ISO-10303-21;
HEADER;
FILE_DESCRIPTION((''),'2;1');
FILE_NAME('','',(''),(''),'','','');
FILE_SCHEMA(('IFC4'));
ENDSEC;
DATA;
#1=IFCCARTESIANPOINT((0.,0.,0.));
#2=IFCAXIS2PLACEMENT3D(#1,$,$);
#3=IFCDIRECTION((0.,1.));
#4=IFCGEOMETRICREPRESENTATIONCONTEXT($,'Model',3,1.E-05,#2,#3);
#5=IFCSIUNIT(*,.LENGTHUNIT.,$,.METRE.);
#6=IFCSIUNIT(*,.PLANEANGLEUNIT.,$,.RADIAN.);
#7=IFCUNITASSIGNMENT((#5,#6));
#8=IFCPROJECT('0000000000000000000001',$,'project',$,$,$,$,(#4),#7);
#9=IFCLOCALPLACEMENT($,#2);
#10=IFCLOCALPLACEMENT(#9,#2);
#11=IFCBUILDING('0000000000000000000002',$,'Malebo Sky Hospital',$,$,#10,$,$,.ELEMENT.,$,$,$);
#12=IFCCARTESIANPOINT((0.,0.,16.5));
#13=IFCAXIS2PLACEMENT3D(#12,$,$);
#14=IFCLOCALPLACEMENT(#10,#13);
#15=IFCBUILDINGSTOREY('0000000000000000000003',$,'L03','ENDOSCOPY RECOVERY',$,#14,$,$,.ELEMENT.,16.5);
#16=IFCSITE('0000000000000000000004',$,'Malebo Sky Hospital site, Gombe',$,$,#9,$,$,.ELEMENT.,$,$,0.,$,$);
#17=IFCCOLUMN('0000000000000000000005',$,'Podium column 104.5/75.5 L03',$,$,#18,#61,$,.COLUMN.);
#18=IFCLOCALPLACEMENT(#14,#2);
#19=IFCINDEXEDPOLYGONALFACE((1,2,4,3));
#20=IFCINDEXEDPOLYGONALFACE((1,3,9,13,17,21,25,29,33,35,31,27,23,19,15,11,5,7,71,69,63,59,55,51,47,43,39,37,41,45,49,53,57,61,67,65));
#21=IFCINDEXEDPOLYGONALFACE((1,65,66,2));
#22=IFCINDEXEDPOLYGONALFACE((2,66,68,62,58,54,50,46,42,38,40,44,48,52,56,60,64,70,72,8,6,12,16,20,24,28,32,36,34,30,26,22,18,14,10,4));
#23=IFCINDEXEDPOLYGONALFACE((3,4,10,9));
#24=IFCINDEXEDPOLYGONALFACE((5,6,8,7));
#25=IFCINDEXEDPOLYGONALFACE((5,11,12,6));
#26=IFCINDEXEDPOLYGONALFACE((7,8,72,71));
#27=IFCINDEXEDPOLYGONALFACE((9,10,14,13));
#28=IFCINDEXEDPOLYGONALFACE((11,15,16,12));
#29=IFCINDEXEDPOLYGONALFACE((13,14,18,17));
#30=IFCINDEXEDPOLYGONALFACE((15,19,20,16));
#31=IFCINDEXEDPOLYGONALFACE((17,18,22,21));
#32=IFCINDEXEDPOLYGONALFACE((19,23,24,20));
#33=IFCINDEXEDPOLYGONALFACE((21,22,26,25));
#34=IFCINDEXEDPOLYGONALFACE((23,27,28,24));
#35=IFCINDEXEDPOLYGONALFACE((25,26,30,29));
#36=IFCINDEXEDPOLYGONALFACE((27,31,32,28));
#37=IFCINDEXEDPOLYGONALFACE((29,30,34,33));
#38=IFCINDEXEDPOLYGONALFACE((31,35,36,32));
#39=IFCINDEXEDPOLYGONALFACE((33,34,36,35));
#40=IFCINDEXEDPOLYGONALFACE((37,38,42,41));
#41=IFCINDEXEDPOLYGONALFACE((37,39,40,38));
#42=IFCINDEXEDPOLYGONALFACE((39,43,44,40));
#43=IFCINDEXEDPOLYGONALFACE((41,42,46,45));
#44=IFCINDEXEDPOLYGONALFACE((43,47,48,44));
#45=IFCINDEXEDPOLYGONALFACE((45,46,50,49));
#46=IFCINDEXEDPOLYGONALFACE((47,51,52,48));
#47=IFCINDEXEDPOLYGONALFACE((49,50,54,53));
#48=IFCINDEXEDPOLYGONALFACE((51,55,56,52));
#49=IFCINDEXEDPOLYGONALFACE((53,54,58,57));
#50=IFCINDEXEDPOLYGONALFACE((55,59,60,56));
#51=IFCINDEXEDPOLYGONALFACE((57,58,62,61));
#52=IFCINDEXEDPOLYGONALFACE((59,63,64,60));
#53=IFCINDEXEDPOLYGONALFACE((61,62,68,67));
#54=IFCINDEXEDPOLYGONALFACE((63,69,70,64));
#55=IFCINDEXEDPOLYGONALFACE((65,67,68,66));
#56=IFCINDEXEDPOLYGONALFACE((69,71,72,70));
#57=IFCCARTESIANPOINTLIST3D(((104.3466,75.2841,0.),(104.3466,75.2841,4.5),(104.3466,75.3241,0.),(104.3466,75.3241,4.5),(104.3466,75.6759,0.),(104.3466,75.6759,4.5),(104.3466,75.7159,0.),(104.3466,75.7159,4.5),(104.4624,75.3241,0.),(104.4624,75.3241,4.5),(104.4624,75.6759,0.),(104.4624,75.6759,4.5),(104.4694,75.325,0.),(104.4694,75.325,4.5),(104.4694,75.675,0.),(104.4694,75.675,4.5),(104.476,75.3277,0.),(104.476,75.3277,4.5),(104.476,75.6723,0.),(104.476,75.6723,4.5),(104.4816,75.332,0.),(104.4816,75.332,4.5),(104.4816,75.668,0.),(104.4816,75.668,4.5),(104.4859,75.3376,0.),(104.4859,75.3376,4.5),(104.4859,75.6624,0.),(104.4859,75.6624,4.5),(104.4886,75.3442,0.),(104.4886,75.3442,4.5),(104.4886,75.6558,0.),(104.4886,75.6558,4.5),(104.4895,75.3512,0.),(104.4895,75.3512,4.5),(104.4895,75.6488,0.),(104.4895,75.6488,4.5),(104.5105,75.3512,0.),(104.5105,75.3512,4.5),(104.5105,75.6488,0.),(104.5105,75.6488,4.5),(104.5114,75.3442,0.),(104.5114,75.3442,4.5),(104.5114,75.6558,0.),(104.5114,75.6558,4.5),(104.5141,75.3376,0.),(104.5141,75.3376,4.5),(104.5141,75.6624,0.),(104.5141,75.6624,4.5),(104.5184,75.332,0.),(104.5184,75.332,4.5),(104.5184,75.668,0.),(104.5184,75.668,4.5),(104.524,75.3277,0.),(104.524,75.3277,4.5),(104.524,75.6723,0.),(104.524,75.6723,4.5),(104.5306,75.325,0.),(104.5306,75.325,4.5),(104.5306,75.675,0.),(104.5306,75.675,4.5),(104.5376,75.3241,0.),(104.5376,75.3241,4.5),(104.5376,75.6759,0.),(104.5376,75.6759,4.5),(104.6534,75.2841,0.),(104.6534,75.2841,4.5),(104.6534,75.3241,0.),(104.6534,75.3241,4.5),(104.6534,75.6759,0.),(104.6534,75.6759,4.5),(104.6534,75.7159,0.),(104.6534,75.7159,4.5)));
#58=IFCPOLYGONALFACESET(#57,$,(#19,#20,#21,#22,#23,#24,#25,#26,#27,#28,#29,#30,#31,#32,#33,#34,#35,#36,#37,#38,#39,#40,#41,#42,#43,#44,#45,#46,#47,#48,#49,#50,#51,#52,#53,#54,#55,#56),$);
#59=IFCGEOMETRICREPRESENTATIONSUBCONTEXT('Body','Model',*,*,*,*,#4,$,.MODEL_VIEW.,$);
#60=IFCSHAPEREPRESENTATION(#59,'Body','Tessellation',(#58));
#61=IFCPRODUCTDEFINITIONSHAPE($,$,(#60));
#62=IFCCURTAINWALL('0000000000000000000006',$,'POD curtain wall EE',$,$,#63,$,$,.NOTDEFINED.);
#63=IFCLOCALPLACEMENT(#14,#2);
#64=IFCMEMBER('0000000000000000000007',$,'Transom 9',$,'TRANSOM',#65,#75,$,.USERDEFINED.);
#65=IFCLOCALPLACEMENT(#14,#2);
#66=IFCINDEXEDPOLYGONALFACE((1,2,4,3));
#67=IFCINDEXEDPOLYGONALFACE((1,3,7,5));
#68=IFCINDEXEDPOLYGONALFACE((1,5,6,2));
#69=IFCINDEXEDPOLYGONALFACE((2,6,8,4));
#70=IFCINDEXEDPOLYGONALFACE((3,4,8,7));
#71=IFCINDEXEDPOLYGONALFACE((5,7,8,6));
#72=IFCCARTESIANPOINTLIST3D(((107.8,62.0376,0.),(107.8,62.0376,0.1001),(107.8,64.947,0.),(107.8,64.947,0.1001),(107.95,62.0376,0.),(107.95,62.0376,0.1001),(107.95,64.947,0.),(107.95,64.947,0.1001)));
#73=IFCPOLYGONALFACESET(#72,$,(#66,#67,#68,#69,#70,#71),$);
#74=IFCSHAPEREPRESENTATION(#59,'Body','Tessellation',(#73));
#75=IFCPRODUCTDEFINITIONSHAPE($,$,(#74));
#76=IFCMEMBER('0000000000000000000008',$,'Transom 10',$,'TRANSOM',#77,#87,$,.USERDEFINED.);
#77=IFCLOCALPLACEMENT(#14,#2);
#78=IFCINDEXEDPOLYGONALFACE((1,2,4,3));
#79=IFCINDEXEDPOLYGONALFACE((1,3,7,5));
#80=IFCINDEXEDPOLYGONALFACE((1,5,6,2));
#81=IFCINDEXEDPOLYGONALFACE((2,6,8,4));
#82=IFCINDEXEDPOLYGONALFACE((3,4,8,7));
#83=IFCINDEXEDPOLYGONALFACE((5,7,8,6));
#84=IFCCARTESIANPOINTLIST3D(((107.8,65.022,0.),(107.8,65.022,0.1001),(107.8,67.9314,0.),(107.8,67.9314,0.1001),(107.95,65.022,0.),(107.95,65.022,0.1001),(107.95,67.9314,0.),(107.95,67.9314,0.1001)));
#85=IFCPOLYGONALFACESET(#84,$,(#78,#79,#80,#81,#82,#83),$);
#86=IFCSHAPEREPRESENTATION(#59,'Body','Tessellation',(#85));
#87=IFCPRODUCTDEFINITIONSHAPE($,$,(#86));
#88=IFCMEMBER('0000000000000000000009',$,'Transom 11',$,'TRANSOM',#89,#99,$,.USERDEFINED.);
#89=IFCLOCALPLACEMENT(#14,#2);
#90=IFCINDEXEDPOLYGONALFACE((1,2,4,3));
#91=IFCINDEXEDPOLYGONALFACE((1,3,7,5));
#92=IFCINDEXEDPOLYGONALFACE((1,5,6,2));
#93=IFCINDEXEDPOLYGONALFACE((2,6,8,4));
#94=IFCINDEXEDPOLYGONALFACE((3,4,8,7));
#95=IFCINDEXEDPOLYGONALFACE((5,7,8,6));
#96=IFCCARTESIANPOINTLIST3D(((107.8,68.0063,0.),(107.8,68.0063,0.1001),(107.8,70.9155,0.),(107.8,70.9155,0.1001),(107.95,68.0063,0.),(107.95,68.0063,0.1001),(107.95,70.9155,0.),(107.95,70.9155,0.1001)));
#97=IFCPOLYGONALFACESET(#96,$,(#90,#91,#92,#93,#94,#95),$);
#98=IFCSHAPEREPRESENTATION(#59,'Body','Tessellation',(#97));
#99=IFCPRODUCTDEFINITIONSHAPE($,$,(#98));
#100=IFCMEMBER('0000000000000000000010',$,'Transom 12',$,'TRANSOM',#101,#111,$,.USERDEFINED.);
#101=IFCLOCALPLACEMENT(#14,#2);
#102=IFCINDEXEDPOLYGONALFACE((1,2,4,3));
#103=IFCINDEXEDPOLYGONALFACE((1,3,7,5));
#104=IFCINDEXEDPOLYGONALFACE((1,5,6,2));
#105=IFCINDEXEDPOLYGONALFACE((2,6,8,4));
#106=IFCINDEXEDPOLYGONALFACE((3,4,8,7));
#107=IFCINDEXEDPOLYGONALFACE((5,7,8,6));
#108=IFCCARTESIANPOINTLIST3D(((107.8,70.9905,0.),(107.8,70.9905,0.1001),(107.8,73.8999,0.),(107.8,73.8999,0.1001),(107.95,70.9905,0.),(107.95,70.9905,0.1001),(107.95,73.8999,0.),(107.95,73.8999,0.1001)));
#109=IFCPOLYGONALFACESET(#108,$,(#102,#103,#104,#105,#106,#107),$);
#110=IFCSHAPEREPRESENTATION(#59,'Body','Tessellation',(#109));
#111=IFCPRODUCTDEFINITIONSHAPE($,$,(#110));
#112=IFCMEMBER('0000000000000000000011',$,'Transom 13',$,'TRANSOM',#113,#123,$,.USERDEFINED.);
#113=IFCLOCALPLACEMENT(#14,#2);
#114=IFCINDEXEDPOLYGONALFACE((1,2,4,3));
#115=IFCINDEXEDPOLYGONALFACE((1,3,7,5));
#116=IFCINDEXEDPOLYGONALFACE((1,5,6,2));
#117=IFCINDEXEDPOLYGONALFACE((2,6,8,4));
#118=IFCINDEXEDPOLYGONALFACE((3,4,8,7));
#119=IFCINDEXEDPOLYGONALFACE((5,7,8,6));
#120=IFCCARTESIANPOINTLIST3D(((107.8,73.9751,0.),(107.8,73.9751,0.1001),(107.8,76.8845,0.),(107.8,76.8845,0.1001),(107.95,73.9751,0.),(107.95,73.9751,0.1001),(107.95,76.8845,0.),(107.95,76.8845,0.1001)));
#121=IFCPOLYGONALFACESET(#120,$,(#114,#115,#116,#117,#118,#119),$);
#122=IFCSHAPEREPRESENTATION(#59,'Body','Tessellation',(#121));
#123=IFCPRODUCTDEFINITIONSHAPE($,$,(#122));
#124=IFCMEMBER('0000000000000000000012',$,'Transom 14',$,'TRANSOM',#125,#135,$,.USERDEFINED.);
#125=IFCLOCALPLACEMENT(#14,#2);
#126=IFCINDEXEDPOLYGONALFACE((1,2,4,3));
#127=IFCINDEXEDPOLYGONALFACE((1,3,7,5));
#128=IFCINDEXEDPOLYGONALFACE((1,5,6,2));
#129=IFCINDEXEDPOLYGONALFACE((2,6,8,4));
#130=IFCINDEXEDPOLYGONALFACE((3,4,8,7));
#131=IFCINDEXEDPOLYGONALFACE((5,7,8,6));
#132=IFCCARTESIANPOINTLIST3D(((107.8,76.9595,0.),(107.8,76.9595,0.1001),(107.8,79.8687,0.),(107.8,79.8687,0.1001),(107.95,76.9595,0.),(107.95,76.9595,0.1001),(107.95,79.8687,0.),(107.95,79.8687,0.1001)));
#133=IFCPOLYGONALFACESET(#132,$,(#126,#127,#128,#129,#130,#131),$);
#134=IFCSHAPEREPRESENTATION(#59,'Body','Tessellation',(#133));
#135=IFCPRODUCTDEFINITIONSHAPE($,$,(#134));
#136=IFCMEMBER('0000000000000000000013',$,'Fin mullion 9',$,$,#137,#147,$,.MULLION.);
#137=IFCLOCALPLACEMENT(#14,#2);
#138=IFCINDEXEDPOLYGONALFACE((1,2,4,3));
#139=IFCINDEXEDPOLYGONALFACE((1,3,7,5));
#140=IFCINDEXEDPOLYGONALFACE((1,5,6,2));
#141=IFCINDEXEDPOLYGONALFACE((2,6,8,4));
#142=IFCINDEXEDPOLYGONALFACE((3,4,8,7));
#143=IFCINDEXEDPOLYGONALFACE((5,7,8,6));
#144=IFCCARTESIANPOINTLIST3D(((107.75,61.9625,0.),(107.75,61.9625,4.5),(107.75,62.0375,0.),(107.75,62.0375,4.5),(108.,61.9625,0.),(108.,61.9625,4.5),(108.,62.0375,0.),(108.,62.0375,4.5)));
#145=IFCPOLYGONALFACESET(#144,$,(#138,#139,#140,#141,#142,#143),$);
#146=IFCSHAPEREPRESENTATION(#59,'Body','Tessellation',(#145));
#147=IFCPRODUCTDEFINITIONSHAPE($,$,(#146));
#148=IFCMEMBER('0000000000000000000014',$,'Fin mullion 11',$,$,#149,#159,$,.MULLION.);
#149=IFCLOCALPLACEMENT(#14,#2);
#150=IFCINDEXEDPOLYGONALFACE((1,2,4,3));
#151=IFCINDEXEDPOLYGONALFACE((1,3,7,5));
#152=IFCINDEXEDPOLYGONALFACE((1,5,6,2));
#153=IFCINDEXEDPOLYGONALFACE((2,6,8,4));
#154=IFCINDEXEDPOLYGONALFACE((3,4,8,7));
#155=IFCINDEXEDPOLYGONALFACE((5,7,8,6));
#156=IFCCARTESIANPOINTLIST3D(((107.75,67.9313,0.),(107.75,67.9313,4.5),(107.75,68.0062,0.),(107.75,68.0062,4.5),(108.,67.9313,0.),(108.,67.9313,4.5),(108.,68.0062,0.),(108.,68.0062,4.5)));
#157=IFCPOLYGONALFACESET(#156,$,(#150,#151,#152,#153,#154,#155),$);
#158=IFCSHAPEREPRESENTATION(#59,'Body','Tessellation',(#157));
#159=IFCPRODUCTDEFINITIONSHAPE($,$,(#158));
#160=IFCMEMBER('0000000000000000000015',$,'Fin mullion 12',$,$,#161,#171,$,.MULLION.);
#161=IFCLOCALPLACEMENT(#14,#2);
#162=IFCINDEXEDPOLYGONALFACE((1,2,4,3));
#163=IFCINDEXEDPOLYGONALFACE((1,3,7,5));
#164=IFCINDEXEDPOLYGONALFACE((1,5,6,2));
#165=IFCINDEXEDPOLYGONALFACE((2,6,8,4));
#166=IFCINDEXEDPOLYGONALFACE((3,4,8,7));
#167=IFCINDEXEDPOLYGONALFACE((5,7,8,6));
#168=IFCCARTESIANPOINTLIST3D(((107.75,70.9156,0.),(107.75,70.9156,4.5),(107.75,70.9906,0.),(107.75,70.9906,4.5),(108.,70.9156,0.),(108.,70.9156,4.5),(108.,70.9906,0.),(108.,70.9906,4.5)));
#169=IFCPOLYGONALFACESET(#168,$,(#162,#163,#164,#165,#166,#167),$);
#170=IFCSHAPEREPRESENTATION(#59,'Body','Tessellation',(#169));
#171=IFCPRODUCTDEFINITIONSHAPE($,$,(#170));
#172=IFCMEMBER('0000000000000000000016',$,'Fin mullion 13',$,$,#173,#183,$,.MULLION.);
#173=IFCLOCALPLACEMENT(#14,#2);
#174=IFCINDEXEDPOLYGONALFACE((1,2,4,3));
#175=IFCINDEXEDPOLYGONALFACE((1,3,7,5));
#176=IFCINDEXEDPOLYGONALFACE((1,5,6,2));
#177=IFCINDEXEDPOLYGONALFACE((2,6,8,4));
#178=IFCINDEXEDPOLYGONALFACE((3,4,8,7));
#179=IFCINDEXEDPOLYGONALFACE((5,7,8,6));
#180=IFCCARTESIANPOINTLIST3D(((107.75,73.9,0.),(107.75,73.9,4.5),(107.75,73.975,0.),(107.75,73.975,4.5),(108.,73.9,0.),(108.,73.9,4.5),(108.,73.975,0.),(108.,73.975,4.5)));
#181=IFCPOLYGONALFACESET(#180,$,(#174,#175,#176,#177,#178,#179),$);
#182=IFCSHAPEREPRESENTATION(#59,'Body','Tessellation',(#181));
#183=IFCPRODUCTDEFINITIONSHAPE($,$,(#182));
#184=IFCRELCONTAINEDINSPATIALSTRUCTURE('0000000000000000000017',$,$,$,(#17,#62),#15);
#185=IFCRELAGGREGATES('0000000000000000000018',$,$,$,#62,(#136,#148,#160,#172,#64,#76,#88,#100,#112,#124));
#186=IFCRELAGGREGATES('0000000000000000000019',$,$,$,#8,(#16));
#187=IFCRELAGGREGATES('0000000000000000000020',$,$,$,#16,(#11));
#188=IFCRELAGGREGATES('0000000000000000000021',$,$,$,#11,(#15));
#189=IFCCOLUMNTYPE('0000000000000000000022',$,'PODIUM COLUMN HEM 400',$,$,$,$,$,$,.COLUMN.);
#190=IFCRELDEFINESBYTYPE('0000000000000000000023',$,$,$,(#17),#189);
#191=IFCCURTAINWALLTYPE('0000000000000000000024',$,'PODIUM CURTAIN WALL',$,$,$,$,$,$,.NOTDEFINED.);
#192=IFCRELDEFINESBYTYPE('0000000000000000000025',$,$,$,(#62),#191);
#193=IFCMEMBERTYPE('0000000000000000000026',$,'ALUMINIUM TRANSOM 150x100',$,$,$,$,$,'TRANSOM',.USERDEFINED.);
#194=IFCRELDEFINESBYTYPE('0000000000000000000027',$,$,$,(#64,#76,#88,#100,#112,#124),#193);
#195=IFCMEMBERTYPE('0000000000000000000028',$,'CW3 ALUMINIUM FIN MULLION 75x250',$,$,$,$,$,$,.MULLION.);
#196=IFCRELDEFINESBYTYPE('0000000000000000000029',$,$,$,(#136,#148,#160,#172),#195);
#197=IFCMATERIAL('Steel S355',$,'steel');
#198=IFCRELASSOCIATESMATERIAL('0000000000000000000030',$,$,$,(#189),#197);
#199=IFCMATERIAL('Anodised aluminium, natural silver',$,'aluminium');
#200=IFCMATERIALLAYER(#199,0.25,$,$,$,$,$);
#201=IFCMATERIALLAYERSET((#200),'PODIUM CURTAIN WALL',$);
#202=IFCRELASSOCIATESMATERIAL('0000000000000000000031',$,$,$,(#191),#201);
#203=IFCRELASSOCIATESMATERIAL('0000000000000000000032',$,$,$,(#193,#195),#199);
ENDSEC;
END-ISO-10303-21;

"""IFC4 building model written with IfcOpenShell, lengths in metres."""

from ifc_helpers import new_model, si_unit, direction, frame, origin, origin_2d, place, context, subcontext, project, spatial, rectangle, i_section, extrude, material, layer, layer_set, material_profile, profile_set, type_object, element, aggregate, save


model = new_model("IFC4")

# Units and contexts
model_context = context("Model", 3, precision=1e-05, world=origin(), true_north=direction((0.0, 1.0)))
body_context = subcontext(model_context, "Body", "Model", "MODEL_VIEW")
ifc_project = project(units=[si_unit("LENGTHUNIT", "METRE"), si_unit("PLANEANGLEUNIT", "RADIAN")], contexts=[model_context])

# Site, building, storey
site_placement = place(None, origin())
site = spatial("IfcSite", under=ifc_project, at=site_placement, Name="Malebo Sky Hospital site, Gombe", CompositionType="ELEMENT", RefElevation=0.0)
building_placement = place(site_placement, origin())
building = spatial("IfcBuilding", under=site, at=building_placement, Name="Malebo Sky Hospital", CompositionType="ELEMENT")
storey_placement = place(building_placement, frame((0.0, 0.0, 16.5)))
storey = spatial("IfcBuildingStorey", under=building, at=storey_placement, Name="L03", Description="ENDOSCOPY RECOVERY", CompositionType="ELEMENT", Elevation=16.5)

# Column
ifc_material_1 = material(Name="Steel S355", Category="steel")
ifc_material_profile_1 = material_profile(ifc_material_1, i_section(OverallWidth=0.3069, OverallDepth=0.4319, WebThickness=0.021, FlangeThickness=0.04, FilletRadius=0.0271, at=origin_2d()), Name="HEM 400")
ifc_profile_set_1 = profile_set([ifc_material_profile_1], Name="Steel S355")
column_type = type_object("IfcColumnType", Name="PODIUM COLUMN HEM 400", PredefinedType="COLUMN", material=ifc_profile_set_1)
column_placement = place(storey_placement, frame((104.5, 75.5, 0.0), z_axis=(0.0, 0.0, 1.0), x_axis=(1.0, 0.0, 0.0)))
element("IfcColumn", 1, at=column_placement, inside=storey, type_object=column_type, Name="Podium column 104.5/75.5 L03", PredefinedType="COLUMN", context=body_context, shape_type="SweptSolid", body=[
    extrude(i_section(OverallWidth=0.3069, OverallDepth=0.4319, WebThickness=0.021, FlangeThickness=0.04, FilletRadius=0.0271, at=origin_2d()), origin(), (0.0, 0.0, 1.0), 4.5),
])

# Curtain wall, members
ifc_material_2 = material(Name="Anodised aluminium, natural silver", Category="aluminium")
ifc_layer_1 = layer(ifc_material_2, 0.25)
ifc_layer_set_1 = layer_set([ifc_layer_1], Name="PODIUM CURTAIN WALL")
curtain_wall_type = type_object("IfcCurtainWallType", Name="PODIUM CURTAIN WALL", PredefinedType="NOTDEFINED", material=ifc_layer_set_1)
curtain_wall_placement = place(storey_placement, origin())
curtain_wall = element("IfcCurtainWall", 2, at=curtain_wall_placement, inside=storey, type_object=curtain_wall_type, Name="POD curtain wall EE", PredefinedType="NOTDEFINED")
ifc_material_profile_2 = material_profile(ifc_material_2, rectangle(XDim=0.1499, YDim=0.1001, at=origin_2d()), Name="ALUMINIUM TRANSOM 150x100")
ifc_profile_set_2 = profile_set([ifc_material_profile_2], Name="Anodised aluminium, natural silver")
member_type_1 = type_object("IfcMemberType", Name="ALUMINIUM TRANSOM 150x100", ElementType="TRANSOM", PredefinedType="USERDEFINED", material=ifc_profile_set_2)
member_1_placement = place(storey_placement, frame((107.875, 62.0376, 0.05), z_axis=(0.0, 1.0, 0.0), x_axis=(-1.0, 0.0, 0.0)))
member_1 = element("IfcMember", 3, at=member_1_placement, type_object=member_type_1, Name="Transom 9", ObjectType="TRANSOM", PredefinedType="USERDEFINED", context=body_context, shape_type="SweptSolid", body=[
    extrude(rectangle(XDim=0.1499, YDim=0.1001, at=origin_2d()), origin(), (0.0, 0.0, 1.0), 2.9094),
])
member_2_placement = place(storey_placement, frame((107.875, 65.022, 0.05), z_axis=(0.0, 1.0, 0.0), x_axis=(-1.0, 0.0, 0.0)))
member_2 = element("IfcMember", 4, at=member_2_placement, type_object=member_type_1, Name="Transom 10", ObjectType="TRANSOM", PredefinedType="USERDEFINED", context=body_context, shape_type="SweptSolid", body=[
    extrude(rectangle(XDim=0.1499, YDim=0.1001, at=origin_2d()), origin(), (0.0, 0.0, 1.0), 2.9094),
])
member_3_placement = place(storey_placement, frame((107.875, 68.0063, 0.05), z_axis=(0.0, 1.0, 0.0), x_axis=(-1.0, 0.0, 0.0)))
member_3 = element("IfcMember", 5, at=member_3_placement, type_object=member_type_1, Name="Transom 11", ObjectType="TRANSOM", PredefinedType="USERDEFINED", context=body_context, shape_type="SweptSolid", body=[
    extrude(rectangle(XDim=0.1499, YDim=0.1001, at=origin_2d()), origin(), (0.0, 0.0, 1.0), 2.9092),
])
member_4_placement = place(storey_placement, frame((107.875, 70.9905, 0.05), z_axis=(0.0, 1.0, 0.0), x_axis=(-1.0, 0.0, 0.0)))
member_4 = element("IfcMember", 6, at=member_4_placement, type_object=member_type_1, Name="Transom 12", ObjectType="TRANSOM", PredefinedType="USERDEFINED", context=body_context, shape_type="SweptSolid", body=[
    extrude(rectangle(XDim=0.1499, YDim=0.1001, at=origin_2d()), origin(), (0.0, 0.0, 1.0), 2.9094),
])
member_5_placement = place(storey_placement, frame((107.875, 73.9751, 0.05), z_axis=(0.0, 1.0, 0.0), x_axis=(-1.0, 0.0, 0.0)))
member_5 = element("IfcMember", 7, at=member_5_placement, type_object=member_type_1, Name="Transom 13", ObjectType="TRANSOM", PredefinedType="USERDEFINED", context=body_context, shape_type="SweptSolid", body=[
    extrude(rectangle(XDim=0.1499, YDim=0.1001, at=origin_2d()), origin(), (0.0, 0.0, 1.0), 2.9094),
])
member_6_placement = place(storey_placement, frame((107.875, 76.9595, 0.05), z_axis=(0.0, 1.0, 0.0), x_axis=(-1.0, 0.0, 0.0)))
member_6 = element("IfcMember", 8, at=member_6_placement, type_object=member_type_1, Name="Transom 14", ObjectType="TRANSOM", PredefinedType="USERDEFINED", context=body_context, shape_type="SweptSolid", body=[
    extrude(rectangle(XDim=0.1499, YDim=0.1001, at=origin_2d()), origin(), (0.0, 0.0, 1.0), 2.9092),
])
ifc_material_profile_3 = material_profile(ifc_material_2, rectangle(XDim=0.075, YDim=0.25, at=origin_2d()), Name="CW3 ALUMINIUM FIN MULLION 75x250")
ifc_profile_set_3 = profile_set([ifc_material_profile_3], Name="Anodised aluminium, natural silver")
member_type_2 = type_object("IfcMemberType", Name="CW3 ALUMINIUM FIN MULLION 75x250", PredefinedType="MULLION", material=ifc_profile_set_3)
member_7_placement = place(storey_placement, frame((107.875, 62.0, 0.0), z_axis=(0.0, 0.0, 1.0), x_axis=(0.0, 1.0, 0.0)))
member_7 = element("IfcMember", 9, at=member_7_placement, type_object=member_type_2, Name="Fin mullion 9", PredefinedType="MULLION", context=body_context, shape_type="SweptSolid", body=[
    extrude(rectangle(XDim=0.075, YDim=0.25, at=origin_2d()), origin(), (0.0, 0.0, 1.0), 4.5),
])
member_8_placement = place(storey_placement, frame((107.875, 67.9688, 0.0), z_axis=(0.0, 0.0, 1.0), x_axis=(0.0, 1.0, 0.0)))
member_8 = element("IfcMember", 10, at=member_8_placement, type_object=member_type_2, Name="Fin mullion 11", PredefinedType="MULLION", context=body_context, shape_type="SweptSolid", body=[
    extrude(rectangle(XDim=0.075, YDim=0.25, at=origin_2d()), origin(), (0.0, 0.0, 1.0), 4.5),
])
member_9_placement = place(storey_placement, frame((107.875, 70.9531, 0.0), z_axis=(0.0, 0.0, 1.0), x_axis=(0.0, 1.0, 0.0)))
member_9 = element("IfcMember", 11, at=member_9_placement, type_object=member_type_2, Name="Fin mullion 12", PredefinedType="MULLION", context=body_context, shape_type="SweptSolid", body=[
    extrude(rectangle(XDim=0.075, YDim=0.25, at=origin_2d()), origin(), (0.0, 0.0, 1.0), 4.5),
])
member_10_placement = place(storey_placement, frame((107.875, 73.9375, 0.0), z_axis=(0.0, 0.0, 1.0), x_axis=(0.0, 1.0, 0.0)))
member_10 = element("IfcMember", 12, at=member_10_placement, type_object=member_type_2, Name="Fin mullion 13", PredefinedType="MULLION", context=body_context, shape_type="SweptSolid", body=[
    extrude(rectangle(XDim=0.075, YDim=0.25, at=origin_2d()), origin(), (0.0, 0.0, 1.0), 4.5),
])

aggregate(curtain_wall, [member_7, member_8, member_9, member_10, member_1, member_2, member_3, member_4, member_5, member_6])

save(model, "model.ifc")
